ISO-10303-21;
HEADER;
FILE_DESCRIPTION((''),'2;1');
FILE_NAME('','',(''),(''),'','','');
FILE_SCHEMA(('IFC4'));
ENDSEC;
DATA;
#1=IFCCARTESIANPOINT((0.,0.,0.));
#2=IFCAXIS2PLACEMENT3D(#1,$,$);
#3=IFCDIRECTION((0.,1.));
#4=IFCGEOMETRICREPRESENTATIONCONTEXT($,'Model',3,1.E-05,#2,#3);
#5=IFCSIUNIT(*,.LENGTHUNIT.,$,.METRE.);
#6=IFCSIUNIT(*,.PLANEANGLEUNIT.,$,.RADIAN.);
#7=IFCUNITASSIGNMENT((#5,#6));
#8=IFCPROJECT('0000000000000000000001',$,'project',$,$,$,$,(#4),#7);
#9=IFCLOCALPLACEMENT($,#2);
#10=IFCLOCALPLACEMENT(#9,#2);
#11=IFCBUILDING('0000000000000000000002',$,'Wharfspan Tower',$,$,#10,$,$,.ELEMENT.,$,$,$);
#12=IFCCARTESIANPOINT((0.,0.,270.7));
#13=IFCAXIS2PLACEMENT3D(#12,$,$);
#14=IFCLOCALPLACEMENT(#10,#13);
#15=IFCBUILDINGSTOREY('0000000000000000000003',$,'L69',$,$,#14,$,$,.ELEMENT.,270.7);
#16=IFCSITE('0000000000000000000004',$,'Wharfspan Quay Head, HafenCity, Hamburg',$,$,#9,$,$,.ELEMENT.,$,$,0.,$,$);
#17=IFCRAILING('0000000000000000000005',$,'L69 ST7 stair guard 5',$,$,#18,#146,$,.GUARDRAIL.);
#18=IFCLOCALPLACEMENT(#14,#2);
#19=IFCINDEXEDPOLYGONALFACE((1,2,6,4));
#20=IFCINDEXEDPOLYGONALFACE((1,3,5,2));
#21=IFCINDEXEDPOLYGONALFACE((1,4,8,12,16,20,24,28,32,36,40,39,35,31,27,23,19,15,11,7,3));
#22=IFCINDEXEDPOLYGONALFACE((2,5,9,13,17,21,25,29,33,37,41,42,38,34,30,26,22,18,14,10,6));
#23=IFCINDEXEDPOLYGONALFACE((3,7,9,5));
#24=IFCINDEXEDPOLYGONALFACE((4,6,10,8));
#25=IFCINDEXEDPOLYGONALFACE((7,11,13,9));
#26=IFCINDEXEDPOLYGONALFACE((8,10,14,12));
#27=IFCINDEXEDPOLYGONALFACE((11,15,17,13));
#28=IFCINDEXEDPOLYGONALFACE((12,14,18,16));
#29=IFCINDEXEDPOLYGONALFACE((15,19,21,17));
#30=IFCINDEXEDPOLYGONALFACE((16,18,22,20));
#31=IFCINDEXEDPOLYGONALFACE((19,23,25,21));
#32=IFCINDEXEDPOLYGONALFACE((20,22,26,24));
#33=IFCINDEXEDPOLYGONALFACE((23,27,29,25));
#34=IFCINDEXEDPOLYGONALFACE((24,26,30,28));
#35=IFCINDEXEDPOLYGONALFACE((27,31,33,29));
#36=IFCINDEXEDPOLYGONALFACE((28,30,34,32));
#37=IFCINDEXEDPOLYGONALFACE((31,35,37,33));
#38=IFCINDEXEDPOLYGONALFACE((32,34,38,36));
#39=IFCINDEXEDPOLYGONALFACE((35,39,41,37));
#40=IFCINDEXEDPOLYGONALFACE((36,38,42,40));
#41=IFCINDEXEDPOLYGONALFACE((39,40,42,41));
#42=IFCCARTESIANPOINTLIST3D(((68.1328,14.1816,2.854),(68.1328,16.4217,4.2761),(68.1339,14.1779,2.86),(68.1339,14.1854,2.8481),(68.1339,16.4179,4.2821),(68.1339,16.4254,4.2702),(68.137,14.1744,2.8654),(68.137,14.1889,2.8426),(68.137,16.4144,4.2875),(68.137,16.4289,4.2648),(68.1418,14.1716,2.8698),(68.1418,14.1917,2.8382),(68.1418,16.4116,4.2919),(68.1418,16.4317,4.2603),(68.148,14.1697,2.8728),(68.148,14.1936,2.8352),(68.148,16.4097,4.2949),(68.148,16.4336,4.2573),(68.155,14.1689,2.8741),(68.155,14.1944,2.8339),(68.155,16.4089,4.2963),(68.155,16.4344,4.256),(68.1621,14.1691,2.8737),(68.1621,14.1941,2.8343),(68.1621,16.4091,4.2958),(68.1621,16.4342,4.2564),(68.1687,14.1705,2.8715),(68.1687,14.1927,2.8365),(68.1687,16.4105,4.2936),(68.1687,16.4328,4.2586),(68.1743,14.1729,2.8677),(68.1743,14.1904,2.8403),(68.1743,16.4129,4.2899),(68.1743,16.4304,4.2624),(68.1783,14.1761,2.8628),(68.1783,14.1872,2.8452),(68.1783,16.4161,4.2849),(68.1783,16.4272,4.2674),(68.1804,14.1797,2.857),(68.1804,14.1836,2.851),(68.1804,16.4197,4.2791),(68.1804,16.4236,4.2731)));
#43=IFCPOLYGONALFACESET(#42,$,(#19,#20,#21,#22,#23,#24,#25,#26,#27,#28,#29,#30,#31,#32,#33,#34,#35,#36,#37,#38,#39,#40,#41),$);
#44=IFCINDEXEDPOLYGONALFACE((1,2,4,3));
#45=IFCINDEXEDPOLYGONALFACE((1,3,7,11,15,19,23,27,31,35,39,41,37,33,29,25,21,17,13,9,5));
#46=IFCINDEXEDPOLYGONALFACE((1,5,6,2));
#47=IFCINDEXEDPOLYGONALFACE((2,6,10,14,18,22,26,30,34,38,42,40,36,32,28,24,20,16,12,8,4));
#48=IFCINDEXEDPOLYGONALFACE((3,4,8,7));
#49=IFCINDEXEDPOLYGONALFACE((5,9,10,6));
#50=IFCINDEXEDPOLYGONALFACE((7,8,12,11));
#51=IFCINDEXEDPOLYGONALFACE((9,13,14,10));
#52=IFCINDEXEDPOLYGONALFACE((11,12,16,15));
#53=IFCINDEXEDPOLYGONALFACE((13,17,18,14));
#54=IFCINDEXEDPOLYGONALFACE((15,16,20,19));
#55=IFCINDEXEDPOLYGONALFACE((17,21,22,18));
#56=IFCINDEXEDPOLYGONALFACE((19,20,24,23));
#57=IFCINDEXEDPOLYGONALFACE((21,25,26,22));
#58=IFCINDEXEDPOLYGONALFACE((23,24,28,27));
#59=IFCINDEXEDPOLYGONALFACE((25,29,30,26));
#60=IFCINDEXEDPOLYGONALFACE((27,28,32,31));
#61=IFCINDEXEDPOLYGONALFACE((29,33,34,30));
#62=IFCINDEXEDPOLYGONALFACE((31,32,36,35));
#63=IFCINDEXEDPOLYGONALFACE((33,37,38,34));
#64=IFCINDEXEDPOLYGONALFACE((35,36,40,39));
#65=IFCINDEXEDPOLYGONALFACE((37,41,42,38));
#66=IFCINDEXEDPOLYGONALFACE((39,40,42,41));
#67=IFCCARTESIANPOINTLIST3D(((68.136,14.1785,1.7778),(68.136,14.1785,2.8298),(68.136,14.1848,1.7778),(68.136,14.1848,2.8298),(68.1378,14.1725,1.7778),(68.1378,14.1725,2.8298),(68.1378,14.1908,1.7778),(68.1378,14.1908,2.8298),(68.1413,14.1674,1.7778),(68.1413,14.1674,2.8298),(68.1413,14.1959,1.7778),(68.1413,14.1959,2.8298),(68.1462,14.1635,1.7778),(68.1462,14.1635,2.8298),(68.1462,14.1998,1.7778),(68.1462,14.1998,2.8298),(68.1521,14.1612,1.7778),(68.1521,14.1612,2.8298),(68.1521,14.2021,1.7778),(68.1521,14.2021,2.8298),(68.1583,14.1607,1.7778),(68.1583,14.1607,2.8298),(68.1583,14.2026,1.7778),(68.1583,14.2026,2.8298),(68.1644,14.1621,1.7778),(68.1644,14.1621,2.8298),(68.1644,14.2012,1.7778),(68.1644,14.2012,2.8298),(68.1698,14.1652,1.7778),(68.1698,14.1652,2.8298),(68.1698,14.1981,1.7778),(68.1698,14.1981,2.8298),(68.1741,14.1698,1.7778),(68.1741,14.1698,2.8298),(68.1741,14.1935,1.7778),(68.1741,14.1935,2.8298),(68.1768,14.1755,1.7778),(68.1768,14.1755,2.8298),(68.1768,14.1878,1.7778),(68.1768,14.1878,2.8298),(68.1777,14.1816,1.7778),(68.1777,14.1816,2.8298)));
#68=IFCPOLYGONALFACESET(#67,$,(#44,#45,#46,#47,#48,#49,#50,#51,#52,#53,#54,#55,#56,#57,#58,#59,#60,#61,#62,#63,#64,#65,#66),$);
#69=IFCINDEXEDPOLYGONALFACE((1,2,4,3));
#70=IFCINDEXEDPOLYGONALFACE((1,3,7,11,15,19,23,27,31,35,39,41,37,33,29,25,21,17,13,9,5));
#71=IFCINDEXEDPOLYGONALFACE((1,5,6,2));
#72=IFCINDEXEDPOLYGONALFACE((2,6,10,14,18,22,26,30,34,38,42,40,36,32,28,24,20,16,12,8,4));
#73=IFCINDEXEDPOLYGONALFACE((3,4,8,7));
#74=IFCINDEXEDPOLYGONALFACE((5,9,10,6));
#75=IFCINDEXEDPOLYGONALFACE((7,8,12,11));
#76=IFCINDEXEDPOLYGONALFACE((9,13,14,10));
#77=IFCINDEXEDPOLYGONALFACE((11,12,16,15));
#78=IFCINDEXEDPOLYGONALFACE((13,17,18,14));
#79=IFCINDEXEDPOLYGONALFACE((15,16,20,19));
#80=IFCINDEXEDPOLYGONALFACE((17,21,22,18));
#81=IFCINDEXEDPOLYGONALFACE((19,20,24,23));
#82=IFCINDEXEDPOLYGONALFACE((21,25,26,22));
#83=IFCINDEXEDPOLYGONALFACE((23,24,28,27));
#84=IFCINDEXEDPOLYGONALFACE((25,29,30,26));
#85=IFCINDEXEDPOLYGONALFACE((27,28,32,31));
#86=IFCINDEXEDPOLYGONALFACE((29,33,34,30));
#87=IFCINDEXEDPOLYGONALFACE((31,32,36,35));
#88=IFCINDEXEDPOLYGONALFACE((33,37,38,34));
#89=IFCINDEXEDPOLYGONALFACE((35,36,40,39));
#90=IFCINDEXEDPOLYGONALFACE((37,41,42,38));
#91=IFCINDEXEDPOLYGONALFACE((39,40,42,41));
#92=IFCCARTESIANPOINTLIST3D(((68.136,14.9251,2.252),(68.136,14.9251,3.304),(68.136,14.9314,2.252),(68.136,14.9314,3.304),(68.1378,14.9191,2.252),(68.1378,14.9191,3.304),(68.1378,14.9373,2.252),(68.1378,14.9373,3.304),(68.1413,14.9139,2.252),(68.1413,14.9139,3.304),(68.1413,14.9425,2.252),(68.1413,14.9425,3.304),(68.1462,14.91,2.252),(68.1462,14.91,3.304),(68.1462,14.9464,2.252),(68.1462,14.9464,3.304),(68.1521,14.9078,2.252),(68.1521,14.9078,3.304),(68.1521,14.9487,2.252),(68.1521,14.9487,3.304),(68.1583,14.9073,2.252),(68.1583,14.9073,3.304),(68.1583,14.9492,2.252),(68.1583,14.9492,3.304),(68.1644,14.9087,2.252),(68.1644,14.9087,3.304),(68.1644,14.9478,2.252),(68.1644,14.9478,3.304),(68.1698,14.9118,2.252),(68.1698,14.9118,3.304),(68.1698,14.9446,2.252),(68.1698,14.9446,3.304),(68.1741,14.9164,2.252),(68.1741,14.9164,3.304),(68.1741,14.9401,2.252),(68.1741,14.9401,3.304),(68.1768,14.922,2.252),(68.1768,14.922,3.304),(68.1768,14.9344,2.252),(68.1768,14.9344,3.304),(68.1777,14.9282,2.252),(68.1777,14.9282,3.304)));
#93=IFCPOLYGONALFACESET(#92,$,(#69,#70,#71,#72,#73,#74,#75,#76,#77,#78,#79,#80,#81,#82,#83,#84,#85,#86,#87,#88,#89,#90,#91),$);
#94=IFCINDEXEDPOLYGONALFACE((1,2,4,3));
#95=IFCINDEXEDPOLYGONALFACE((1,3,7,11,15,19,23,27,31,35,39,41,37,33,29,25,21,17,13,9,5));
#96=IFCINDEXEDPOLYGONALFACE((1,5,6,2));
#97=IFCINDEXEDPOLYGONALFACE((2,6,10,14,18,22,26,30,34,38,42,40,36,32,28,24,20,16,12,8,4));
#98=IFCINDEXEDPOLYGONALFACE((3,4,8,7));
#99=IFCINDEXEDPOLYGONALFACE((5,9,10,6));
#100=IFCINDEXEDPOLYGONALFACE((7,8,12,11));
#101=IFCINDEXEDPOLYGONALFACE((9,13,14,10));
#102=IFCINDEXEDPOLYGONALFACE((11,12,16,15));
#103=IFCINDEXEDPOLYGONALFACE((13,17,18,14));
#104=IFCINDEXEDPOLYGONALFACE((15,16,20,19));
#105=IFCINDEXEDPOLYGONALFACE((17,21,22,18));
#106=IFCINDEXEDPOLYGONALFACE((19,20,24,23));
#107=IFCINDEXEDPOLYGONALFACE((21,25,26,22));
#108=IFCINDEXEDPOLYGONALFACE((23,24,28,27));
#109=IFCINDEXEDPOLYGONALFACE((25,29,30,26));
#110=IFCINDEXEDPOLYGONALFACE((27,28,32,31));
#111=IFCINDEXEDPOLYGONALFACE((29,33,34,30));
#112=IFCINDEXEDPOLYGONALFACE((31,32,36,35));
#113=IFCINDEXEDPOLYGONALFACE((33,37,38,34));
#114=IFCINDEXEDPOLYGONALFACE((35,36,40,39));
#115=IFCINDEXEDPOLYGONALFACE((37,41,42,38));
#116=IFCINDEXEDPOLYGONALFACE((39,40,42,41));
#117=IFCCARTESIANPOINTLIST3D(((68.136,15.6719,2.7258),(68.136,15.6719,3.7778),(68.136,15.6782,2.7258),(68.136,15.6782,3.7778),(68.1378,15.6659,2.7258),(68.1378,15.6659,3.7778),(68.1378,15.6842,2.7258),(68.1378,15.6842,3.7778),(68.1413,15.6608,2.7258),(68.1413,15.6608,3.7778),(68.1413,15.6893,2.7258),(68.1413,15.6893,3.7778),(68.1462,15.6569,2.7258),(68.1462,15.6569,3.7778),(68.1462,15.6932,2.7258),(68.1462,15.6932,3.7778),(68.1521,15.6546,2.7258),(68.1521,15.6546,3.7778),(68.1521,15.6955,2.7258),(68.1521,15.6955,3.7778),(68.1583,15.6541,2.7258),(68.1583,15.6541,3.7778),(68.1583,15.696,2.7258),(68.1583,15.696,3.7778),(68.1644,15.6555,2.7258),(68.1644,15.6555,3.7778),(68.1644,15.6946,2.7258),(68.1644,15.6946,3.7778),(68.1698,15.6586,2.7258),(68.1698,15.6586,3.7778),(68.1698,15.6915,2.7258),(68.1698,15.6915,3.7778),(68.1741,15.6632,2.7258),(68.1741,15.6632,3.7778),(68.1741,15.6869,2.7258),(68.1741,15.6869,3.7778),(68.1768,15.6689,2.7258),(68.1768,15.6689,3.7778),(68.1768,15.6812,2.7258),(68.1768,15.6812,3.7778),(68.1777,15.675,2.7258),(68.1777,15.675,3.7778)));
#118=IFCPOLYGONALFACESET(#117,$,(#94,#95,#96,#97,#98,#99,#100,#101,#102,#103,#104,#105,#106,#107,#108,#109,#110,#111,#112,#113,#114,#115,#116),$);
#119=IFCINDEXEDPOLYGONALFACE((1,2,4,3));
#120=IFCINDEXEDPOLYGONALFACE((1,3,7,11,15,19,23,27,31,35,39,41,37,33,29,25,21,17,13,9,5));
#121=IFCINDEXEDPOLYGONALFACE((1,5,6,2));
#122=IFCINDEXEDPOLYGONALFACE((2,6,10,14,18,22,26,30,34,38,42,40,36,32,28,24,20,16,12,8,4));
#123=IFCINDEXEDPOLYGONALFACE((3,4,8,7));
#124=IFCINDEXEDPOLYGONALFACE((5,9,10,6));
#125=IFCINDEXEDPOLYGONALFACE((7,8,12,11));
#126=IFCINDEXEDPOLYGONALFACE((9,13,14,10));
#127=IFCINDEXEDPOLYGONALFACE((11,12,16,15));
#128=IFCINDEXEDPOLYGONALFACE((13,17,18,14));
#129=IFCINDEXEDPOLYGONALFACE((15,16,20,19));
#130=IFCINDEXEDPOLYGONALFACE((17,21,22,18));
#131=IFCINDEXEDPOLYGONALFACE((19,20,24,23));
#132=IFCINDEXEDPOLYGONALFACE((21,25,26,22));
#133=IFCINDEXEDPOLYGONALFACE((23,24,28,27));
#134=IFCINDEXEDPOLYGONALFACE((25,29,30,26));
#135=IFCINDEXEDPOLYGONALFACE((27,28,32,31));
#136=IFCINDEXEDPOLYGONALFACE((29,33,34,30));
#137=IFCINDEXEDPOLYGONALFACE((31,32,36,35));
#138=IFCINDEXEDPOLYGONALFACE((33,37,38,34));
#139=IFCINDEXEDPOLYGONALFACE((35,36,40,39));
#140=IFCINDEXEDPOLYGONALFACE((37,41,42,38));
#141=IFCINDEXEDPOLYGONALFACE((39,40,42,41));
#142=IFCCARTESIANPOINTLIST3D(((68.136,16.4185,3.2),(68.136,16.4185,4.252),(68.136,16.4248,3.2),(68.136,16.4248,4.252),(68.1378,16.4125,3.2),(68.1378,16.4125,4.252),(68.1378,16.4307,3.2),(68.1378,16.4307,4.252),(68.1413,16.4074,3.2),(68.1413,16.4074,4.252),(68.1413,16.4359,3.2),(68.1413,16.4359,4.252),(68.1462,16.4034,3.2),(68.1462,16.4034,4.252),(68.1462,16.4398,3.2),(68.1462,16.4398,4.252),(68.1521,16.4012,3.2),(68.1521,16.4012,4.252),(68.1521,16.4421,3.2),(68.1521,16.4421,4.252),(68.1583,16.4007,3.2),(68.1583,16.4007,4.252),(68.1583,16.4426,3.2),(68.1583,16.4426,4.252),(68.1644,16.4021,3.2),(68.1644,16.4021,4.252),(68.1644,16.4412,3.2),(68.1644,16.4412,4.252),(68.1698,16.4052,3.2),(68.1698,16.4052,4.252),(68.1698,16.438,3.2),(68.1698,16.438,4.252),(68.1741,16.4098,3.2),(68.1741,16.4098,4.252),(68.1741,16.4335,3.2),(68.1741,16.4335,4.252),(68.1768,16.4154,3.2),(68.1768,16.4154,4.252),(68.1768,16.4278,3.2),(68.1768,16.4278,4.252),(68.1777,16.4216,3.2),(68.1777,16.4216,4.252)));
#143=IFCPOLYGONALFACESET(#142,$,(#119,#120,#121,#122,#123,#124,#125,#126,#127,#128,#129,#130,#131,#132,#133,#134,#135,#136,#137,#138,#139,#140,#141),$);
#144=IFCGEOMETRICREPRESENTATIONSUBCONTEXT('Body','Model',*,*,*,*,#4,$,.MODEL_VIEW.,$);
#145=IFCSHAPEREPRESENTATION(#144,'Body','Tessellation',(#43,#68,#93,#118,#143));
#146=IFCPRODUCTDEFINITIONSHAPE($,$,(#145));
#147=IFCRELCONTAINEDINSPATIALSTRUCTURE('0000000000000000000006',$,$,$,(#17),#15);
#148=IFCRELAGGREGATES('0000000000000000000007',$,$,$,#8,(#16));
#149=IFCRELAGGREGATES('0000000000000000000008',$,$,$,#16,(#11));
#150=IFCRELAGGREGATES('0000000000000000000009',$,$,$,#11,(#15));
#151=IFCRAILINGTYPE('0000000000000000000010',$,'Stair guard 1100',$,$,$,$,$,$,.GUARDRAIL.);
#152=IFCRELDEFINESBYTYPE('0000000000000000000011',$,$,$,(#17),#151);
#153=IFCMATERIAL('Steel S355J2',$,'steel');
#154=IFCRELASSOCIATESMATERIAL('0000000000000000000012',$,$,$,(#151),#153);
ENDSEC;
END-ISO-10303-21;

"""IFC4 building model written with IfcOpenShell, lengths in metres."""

from ifc_helpers import new_model, si_unit, direction, frame, origin, origin_2d, place, context, subcontext, project, spatial, circle, extrude, material, type_object, element, save


model = new_model("IFC4")

# Units and contexts
model_context = context("Model", 3, precision=1e-05, world=origin(), true_north=direction((0.0, 1.0)))
body_context = subcontext(model_context, "Body", "Model", "MODEL_VIEW")
ifc_project = project(units=[si_unit("LENGTHUNIT", "METRE"), si_unit("PLANEANGLEUNIT", "RADIAN")], contexts=[model_context])

# Site, building, storey
site_placement = place(None, origin())
site = spatial("IfcSite", under=ifc_project, at=site_placement, Name="Wharfspan Quay Head, HafenCity, Hamburg", CompositionType="ELEMENT", RefElevation=0.0)
building_placement = place(site_placement, origin())
building = spatial("IfcBuilding", under=site, at=building_placement, Name="Wharfspan Tower", CompositionType="ELEMENT")
storey_placement = place(building_placement, frame((0.0, 0.0, 270.7)))
storey = spatial("IfcBuildingStorey", under=building, at=storey_placement, Name="L69", CompositionType="ELEMENT", Elevation=270.7)

# Shared definitions
ifc_material_1 = material(Name="Steel S355J2", Category="steel")

# Railing
railing_type_1 = type_object("IfcRailingType", Name="Stair guard 1100", PredefinedType="GUARDRAIL", material=ifc_material_1)
railing_1_placement = place(storey_placement, frame((68.1567, 14.1816, 1.7778)))
element("IfcRailing", 1, at=railing_1_placement, inside=storey, type_object=railing_type_1, Name="L69 ST7 stair guard 5", PredefinedType="GUARDRAIL", context=body_context, shape_type="SweptSolid", body=[
    extrude(circle(Radius=0.0239, at=origin_2d()), frame((0.0, 0.0, 1.0762), z_axis=(0.0, 0.844229, 0.535982), x_axis=(-1.0, 0.0, 0.0)), (0.0, 0.0, 1.0), 2.6533),
    extrude(circle(Radius=0.021, at=origin_2d()), origin(), (0.0, 0.0, 1.0), 1.052),
    extrude(circle(Radius=0.021, at=origin_2d()), frame((0.0, 0.7466, 0.4741)), (0.0, 0.0, 1.0), 1.052),
    extrude(circle(Radius=0.021, at=origin_2d()), frame((0.0, 1.4934, 0.948)), (0.0, 0.0, 1.0), 1.052),
    extrude(circle(Radius=0.021, at=origin_2d()), frame((0.0, 2.24, 1.4221)), (0.0, 0.0, 1.0), 1.052),
])

save(model, "model.ifc")
